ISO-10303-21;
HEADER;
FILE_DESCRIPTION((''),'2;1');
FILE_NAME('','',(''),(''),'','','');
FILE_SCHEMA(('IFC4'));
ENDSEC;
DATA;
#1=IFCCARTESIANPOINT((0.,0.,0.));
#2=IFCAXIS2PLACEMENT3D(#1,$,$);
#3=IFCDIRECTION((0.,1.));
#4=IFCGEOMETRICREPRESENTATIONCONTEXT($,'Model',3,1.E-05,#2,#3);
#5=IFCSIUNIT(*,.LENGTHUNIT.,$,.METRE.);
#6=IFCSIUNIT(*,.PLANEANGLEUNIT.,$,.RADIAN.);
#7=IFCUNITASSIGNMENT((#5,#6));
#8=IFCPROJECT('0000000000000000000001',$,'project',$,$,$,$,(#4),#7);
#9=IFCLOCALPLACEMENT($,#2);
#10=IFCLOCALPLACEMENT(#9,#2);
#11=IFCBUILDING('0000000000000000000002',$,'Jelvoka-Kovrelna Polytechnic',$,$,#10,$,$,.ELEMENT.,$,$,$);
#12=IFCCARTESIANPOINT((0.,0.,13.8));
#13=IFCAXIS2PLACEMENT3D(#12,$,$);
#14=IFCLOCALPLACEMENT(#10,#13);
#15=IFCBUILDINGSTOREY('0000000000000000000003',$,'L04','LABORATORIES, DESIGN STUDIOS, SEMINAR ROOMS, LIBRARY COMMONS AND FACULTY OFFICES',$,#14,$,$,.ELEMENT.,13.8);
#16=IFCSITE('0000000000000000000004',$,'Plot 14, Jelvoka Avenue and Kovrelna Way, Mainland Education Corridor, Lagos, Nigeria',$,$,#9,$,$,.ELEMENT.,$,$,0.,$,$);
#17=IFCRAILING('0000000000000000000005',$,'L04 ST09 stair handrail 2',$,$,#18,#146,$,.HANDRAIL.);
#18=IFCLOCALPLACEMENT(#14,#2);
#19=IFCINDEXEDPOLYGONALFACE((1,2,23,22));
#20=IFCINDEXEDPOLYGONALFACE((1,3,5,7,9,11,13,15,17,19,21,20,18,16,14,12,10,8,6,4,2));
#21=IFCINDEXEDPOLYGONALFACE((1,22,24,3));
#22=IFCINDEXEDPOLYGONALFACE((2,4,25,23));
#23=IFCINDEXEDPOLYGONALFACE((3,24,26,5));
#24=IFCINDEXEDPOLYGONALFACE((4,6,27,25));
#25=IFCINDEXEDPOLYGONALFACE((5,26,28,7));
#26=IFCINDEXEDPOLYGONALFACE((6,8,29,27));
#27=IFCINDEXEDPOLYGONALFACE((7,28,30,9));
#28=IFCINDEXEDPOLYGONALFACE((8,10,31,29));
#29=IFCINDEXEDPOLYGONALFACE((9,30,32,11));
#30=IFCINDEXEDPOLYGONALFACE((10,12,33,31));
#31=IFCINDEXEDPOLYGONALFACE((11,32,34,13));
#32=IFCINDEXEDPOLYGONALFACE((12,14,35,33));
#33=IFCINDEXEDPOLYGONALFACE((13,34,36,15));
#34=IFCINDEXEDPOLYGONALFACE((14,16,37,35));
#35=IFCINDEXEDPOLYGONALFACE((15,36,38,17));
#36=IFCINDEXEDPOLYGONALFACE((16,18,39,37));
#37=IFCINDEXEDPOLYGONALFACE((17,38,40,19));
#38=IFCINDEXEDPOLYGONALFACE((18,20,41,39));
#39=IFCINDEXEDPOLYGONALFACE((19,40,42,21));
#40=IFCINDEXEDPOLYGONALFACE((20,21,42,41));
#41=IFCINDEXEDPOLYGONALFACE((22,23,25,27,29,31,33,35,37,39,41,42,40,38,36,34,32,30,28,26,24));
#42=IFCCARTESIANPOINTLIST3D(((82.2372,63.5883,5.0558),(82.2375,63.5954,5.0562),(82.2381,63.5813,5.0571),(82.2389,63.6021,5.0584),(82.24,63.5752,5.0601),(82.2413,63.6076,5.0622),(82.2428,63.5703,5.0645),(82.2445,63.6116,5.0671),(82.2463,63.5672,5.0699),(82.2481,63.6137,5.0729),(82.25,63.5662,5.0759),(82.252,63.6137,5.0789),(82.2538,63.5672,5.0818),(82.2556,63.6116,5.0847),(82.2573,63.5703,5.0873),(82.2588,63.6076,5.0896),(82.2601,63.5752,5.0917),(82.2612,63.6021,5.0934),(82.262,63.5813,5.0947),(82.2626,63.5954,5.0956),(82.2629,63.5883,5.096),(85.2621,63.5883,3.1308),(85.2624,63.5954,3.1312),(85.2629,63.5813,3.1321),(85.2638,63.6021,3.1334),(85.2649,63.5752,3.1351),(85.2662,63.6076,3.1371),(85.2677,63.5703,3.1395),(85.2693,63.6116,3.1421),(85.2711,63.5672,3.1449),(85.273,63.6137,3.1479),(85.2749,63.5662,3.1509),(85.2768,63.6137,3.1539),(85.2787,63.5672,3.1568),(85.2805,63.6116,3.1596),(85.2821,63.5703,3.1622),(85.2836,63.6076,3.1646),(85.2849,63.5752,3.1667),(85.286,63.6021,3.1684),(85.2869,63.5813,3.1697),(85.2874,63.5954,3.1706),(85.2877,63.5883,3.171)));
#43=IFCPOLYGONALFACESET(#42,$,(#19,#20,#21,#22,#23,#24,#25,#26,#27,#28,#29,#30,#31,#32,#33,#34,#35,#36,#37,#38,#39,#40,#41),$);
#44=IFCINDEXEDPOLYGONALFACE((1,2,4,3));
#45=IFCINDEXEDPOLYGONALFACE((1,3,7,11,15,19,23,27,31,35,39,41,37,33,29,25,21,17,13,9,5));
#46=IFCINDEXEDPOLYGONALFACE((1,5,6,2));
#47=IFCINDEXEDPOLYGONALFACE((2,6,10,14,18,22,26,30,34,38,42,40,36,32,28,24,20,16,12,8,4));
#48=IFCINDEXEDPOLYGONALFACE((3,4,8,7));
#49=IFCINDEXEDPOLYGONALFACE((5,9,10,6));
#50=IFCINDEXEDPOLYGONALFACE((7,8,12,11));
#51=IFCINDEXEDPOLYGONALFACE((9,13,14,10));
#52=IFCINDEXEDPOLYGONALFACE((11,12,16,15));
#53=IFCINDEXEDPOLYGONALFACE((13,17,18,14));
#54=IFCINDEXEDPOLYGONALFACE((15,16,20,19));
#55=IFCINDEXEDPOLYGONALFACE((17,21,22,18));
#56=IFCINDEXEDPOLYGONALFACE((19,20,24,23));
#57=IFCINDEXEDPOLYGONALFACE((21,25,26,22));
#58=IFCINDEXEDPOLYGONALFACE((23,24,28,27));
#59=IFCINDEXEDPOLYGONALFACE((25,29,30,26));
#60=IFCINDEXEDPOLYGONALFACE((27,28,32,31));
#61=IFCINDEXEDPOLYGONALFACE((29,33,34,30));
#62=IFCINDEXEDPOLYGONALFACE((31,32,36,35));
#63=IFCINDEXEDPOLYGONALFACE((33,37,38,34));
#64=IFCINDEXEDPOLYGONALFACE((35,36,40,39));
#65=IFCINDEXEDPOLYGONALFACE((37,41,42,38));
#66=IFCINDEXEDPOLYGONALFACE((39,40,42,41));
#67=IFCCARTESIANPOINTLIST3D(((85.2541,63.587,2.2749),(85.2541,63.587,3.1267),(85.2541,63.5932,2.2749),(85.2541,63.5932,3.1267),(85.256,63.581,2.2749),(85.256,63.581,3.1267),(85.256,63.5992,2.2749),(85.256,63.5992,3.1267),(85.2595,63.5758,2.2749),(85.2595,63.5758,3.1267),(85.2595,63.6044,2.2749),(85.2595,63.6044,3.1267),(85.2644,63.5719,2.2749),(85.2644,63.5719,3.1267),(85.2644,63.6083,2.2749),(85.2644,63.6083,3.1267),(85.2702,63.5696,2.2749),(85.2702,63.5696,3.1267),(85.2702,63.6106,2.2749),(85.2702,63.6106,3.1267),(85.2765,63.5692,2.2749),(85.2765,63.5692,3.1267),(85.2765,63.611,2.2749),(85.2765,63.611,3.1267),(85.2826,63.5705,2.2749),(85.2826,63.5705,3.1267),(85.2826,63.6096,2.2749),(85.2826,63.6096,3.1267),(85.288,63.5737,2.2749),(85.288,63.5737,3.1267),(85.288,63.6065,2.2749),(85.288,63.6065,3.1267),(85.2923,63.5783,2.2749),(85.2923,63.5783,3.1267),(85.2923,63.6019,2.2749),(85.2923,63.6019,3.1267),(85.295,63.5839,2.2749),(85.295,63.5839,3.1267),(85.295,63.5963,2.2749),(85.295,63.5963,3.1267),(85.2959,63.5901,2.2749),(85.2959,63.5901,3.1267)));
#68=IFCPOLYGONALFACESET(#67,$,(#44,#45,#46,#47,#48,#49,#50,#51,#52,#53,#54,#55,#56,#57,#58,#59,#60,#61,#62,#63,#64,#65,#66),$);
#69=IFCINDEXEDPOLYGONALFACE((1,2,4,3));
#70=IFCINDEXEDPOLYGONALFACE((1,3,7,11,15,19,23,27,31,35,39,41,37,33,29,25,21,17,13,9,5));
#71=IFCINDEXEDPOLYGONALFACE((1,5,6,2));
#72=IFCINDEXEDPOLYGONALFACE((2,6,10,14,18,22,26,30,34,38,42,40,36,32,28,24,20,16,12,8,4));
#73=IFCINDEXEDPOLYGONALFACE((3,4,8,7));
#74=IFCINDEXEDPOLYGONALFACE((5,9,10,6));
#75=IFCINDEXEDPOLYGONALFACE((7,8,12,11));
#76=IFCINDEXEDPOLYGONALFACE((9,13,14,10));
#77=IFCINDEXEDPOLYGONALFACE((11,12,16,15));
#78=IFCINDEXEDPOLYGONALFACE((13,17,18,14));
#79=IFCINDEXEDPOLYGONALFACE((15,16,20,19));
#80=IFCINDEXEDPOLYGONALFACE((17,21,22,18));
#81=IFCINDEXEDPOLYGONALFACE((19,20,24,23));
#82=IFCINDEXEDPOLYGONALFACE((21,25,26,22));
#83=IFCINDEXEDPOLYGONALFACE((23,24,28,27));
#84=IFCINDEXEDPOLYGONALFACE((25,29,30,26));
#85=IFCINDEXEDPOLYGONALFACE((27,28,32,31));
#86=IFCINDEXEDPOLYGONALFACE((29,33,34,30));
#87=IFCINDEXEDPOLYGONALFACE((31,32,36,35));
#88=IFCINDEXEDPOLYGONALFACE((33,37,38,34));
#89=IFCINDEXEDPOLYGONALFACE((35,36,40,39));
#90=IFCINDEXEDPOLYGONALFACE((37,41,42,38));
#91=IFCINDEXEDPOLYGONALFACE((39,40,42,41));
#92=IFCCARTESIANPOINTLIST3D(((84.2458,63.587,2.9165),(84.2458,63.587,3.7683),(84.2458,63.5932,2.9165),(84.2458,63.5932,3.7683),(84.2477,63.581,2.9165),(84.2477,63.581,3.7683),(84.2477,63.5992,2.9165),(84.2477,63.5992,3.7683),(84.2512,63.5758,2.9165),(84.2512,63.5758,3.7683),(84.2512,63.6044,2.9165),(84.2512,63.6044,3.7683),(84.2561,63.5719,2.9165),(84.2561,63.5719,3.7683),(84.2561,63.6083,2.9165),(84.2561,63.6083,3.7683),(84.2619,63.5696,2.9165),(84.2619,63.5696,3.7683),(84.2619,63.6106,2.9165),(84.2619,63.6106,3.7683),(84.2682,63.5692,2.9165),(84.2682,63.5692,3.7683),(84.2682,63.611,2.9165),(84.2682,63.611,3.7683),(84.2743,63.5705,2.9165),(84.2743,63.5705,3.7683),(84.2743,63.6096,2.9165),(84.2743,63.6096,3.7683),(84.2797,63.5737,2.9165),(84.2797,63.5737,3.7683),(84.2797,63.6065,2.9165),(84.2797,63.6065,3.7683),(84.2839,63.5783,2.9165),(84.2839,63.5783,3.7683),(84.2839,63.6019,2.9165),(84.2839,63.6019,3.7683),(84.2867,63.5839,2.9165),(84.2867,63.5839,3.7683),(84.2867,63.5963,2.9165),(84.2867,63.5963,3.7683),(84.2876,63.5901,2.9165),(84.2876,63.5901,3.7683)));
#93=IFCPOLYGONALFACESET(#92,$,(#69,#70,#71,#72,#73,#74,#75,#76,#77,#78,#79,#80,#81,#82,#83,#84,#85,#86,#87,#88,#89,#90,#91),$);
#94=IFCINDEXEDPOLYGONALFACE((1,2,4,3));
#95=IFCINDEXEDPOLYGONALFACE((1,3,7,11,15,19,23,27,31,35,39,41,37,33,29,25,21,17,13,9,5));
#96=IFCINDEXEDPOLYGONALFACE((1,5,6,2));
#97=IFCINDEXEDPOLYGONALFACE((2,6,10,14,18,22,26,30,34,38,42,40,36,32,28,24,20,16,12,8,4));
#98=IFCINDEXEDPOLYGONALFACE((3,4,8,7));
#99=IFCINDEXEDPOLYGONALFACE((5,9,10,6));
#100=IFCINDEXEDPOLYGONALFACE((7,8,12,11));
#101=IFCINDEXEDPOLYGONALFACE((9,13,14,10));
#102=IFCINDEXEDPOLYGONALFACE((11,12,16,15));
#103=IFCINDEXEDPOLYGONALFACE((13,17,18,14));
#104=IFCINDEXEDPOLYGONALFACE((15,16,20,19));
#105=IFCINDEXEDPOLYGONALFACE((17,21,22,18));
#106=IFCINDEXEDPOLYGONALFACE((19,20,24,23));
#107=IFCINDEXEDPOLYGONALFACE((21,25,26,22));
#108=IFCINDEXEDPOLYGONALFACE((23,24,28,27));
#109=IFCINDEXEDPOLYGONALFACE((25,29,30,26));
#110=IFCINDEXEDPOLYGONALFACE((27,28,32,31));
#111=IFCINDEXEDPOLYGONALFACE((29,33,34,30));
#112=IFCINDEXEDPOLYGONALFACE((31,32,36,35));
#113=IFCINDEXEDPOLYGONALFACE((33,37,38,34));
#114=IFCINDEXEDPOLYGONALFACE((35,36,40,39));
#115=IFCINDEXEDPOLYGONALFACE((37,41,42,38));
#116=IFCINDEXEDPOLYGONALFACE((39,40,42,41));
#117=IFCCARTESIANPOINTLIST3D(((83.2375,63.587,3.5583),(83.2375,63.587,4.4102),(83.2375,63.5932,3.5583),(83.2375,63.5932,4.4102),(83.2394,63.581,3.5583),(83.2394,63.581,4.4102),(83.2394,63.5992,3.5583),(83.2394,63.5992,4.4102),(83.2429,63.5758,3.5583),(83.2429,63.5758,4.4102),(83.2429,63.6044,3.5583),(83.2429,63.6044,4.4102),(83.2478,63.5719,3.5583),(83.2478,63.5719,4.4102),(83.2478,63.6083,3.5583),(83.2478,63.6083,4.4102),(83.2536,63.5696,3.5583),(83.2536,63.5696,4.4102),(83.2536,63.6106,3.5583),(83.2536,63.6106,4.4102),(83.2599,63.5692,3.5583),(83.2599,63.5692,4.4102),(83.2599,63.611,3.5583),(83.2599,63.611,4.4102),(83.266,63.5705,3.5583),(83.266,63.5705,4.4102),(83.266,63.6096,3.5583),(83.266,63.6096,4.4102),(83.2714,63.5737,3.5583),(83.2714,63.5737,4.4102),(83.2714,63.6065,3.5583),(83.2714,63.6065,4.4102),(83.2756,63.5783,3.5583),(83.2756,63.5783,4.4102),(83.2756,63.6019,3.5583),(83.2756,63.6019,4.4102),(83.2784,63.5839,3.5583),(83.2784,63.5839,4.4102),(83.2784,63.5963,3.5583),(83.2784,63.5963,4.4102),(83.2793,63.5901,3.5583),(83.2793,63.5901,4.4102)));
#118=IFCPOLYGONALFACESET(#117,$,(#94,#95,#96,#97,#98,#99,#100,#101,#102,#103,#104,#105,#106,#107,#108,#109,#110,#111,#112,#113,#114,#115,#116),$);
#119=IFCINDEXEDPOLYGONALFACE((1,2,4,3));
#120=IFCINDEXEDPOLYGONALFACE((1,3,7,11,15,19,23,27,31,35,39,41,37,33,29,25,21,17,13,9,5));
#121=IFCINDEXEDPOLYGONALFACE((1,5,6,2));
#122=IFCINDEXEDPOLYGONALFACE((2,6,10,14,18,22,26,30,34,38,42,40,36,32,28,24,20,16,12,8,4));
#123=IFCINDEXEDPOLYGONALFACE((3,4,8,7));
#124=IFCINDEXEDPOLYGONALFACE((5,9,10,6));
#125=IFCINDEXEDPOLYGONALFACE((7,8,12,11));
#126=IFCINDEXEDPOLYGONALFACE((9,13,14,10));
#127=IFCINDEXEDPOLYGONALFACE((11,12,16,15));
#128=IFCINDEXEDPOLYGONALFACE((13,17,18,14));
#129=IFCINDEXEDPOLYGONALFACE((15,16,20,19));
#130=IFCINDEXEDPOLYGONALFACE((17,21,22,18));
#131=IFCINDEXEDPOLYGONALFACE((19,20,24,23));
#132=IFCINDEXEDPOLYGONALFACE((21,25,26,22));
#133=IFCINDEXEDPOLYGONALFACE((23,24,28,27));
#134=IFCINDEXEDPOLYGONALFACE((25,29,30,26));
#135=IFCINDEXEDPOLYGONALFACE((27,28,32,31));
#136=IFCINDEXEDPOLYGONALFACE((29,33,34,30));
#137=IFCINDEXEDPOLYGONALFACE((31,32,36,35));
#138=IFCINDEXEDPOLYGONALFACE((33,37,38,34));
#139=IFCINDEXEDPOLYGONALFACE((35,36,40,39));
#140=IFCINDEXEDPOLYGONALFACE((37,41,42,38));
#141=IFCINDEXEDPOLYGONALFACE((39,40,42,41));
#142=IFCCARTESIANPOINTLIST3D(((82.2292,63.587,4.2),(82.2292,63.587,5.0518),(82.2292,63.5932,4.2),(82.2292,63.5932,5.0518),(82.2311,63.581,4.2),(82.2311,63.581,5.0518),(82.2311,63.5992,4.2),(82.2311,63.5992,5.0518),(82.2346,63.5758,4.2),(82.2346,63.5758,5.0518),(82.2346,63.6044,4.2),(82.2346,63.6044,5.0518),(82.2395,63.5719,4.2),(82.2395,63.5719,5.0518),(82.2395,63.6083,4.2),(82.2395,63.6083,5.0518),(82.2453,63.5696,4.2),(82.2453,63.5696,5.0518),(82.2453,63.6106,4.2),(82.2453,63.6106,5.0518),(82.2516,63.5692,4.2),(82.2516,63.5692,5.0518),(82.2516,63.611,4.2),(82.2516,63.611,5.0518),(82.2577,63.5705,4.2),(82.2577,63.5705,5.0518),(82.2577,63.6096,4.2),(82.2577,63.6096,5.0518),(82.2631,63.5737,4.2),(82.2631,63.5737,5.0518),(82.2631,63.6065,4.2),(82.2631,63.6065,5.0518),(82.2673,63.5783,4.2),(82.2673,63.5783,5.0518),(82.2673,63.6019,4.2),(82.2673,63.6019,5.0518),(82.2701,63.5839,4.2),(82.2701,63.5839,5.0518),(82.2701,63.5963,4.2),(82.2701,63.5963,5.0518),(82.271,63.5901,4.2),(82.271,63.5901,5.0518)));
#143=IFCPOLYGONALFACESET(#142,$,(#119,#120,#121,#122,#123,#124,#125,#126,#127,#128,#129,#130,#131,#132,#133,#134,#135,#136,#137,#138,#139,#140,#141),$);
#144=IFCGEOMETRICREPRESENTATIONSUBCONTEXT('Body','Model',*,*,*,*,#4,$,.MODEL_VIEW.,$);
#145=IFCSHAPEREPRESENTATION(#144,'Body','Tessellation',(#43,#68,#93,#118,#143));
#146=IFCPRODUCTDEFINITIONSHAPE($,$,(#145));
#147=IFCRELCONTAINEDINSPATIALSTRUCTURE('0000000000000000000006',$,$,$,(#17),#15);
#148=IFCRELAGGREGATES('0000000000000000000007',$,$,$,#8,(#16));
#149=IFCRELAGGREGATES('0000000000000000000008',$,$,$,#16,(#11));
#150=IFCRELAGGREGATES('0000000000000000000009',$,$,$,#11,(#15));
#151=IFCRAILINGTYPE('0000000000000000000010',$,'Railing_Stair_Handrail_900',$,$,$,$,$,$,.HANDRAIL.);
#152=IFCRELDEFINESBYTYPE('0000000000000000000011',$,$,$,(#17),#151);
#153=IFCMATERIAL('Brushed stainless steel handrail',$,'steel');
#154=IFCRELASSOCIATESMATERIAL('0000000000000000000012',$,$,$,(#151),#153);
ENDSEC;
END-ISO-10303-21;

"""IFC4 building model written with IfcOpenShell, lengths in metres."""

from ifc_helpers import new_model, si_unit, direction, frame, origin, origin_2d, place, context, subcontext, project, spatial, circle, extrude, material, type_object, element, save


model = new_model("IFC4")

# Units and contexts
model_context = context("Model", 3, precision=1e-05, world=origin(), true_north=direction((0.0, 1.0)))
body_context = subcontext(model_context, "Body", "Model", "MODEL_VIEW")
ifc_project = project(units=[si_unit("LENGTHUNIT", "METRE"), si_unit("PLANEANGLEUNIT", "RADIAN")], contexts=[model_context])

# Site, building, storey
site_placement = place(None, origin())
site = spatial("IfcSite", under=ifc_project, at=site_placement, Name="Plot 14, Jelvoka Avenue and Kovrelna Way, Mainland Education Corridor, Lagos, Nigeria", CompositionType="ELEMENT", RefElevation=0.0)
building_placement = place(site_placement, origin())
building = spatial("IfcBuilding", under=site, at=building_placement, Name="Jelvoka-Kovrelna Polytechnic", CompositionType="ELEMENT")
storey_placement = place(building_placement, frame((0.0, 0.0, 13.8)))
storey = spatial("IfcBuildingStorey", under=building, at=storey_placement, Name="L04", Description="LABORATORIES, DESIGN STUDIOS, SEMINAR ROOMS, LIBRARY COMMONS AND FACULTY OFFICES", CompositionType="ELEMENT", Elevation=13.8)

# Railing
ifc_material_1 = material(Name="Brushed stainless steel handrail", Category="steel")
railing_type_1 = type_object("IfcRailingType", Name="Railing_Stair_Handrail_900", PredefinedType="HANDRAIL", material=ifc_material_1)
railing_1_placement = place(storey_placement, frame((85.2749, 63.5901, 2.2749)))
element("IfcRailing", 1, at=railing_1_placement, inside=storey, type_object=railing_type_1, Name="L04 ST09 stair handrail 2", PredefinedType="HANDRAIL", context=body_context, shape_type="SweptSolid", body=[
    extrude(circle(Radius=0.0239, at=origin_2d()), frame((0.0, 0.0, 0.876), z_axis=(-0.843647, 0.0, 0.536898), x_axis=(0.0, -1.0, 0.0)), (0.0, 0.0, 1.0), 3.5854),
    extrude(circle(Radius=0.021, at=origin_2d()), origin(), (0.0, 0.0, 1.0), 0.8518),
    extrude(circle(Radius=0.021, at=origin_2d()), frame((-1.0083, 0.0, 0.6416)), (0.0, 0.0, 1.0), 0.8518),
    extrude(circle(Radius=0.021, at=origin_2d()), frame((-2.0166, 0.0, 1.2834)), (0.0, 0.0, 1.0), 0.8518),
    extrude(circle(Radius=0.021, at=origin_2d()), frame((-3.0249, 0.0, 1.925)), (0.0, 0.0, 1.0), 0.8518),
])

save(model, "model.ifc")
